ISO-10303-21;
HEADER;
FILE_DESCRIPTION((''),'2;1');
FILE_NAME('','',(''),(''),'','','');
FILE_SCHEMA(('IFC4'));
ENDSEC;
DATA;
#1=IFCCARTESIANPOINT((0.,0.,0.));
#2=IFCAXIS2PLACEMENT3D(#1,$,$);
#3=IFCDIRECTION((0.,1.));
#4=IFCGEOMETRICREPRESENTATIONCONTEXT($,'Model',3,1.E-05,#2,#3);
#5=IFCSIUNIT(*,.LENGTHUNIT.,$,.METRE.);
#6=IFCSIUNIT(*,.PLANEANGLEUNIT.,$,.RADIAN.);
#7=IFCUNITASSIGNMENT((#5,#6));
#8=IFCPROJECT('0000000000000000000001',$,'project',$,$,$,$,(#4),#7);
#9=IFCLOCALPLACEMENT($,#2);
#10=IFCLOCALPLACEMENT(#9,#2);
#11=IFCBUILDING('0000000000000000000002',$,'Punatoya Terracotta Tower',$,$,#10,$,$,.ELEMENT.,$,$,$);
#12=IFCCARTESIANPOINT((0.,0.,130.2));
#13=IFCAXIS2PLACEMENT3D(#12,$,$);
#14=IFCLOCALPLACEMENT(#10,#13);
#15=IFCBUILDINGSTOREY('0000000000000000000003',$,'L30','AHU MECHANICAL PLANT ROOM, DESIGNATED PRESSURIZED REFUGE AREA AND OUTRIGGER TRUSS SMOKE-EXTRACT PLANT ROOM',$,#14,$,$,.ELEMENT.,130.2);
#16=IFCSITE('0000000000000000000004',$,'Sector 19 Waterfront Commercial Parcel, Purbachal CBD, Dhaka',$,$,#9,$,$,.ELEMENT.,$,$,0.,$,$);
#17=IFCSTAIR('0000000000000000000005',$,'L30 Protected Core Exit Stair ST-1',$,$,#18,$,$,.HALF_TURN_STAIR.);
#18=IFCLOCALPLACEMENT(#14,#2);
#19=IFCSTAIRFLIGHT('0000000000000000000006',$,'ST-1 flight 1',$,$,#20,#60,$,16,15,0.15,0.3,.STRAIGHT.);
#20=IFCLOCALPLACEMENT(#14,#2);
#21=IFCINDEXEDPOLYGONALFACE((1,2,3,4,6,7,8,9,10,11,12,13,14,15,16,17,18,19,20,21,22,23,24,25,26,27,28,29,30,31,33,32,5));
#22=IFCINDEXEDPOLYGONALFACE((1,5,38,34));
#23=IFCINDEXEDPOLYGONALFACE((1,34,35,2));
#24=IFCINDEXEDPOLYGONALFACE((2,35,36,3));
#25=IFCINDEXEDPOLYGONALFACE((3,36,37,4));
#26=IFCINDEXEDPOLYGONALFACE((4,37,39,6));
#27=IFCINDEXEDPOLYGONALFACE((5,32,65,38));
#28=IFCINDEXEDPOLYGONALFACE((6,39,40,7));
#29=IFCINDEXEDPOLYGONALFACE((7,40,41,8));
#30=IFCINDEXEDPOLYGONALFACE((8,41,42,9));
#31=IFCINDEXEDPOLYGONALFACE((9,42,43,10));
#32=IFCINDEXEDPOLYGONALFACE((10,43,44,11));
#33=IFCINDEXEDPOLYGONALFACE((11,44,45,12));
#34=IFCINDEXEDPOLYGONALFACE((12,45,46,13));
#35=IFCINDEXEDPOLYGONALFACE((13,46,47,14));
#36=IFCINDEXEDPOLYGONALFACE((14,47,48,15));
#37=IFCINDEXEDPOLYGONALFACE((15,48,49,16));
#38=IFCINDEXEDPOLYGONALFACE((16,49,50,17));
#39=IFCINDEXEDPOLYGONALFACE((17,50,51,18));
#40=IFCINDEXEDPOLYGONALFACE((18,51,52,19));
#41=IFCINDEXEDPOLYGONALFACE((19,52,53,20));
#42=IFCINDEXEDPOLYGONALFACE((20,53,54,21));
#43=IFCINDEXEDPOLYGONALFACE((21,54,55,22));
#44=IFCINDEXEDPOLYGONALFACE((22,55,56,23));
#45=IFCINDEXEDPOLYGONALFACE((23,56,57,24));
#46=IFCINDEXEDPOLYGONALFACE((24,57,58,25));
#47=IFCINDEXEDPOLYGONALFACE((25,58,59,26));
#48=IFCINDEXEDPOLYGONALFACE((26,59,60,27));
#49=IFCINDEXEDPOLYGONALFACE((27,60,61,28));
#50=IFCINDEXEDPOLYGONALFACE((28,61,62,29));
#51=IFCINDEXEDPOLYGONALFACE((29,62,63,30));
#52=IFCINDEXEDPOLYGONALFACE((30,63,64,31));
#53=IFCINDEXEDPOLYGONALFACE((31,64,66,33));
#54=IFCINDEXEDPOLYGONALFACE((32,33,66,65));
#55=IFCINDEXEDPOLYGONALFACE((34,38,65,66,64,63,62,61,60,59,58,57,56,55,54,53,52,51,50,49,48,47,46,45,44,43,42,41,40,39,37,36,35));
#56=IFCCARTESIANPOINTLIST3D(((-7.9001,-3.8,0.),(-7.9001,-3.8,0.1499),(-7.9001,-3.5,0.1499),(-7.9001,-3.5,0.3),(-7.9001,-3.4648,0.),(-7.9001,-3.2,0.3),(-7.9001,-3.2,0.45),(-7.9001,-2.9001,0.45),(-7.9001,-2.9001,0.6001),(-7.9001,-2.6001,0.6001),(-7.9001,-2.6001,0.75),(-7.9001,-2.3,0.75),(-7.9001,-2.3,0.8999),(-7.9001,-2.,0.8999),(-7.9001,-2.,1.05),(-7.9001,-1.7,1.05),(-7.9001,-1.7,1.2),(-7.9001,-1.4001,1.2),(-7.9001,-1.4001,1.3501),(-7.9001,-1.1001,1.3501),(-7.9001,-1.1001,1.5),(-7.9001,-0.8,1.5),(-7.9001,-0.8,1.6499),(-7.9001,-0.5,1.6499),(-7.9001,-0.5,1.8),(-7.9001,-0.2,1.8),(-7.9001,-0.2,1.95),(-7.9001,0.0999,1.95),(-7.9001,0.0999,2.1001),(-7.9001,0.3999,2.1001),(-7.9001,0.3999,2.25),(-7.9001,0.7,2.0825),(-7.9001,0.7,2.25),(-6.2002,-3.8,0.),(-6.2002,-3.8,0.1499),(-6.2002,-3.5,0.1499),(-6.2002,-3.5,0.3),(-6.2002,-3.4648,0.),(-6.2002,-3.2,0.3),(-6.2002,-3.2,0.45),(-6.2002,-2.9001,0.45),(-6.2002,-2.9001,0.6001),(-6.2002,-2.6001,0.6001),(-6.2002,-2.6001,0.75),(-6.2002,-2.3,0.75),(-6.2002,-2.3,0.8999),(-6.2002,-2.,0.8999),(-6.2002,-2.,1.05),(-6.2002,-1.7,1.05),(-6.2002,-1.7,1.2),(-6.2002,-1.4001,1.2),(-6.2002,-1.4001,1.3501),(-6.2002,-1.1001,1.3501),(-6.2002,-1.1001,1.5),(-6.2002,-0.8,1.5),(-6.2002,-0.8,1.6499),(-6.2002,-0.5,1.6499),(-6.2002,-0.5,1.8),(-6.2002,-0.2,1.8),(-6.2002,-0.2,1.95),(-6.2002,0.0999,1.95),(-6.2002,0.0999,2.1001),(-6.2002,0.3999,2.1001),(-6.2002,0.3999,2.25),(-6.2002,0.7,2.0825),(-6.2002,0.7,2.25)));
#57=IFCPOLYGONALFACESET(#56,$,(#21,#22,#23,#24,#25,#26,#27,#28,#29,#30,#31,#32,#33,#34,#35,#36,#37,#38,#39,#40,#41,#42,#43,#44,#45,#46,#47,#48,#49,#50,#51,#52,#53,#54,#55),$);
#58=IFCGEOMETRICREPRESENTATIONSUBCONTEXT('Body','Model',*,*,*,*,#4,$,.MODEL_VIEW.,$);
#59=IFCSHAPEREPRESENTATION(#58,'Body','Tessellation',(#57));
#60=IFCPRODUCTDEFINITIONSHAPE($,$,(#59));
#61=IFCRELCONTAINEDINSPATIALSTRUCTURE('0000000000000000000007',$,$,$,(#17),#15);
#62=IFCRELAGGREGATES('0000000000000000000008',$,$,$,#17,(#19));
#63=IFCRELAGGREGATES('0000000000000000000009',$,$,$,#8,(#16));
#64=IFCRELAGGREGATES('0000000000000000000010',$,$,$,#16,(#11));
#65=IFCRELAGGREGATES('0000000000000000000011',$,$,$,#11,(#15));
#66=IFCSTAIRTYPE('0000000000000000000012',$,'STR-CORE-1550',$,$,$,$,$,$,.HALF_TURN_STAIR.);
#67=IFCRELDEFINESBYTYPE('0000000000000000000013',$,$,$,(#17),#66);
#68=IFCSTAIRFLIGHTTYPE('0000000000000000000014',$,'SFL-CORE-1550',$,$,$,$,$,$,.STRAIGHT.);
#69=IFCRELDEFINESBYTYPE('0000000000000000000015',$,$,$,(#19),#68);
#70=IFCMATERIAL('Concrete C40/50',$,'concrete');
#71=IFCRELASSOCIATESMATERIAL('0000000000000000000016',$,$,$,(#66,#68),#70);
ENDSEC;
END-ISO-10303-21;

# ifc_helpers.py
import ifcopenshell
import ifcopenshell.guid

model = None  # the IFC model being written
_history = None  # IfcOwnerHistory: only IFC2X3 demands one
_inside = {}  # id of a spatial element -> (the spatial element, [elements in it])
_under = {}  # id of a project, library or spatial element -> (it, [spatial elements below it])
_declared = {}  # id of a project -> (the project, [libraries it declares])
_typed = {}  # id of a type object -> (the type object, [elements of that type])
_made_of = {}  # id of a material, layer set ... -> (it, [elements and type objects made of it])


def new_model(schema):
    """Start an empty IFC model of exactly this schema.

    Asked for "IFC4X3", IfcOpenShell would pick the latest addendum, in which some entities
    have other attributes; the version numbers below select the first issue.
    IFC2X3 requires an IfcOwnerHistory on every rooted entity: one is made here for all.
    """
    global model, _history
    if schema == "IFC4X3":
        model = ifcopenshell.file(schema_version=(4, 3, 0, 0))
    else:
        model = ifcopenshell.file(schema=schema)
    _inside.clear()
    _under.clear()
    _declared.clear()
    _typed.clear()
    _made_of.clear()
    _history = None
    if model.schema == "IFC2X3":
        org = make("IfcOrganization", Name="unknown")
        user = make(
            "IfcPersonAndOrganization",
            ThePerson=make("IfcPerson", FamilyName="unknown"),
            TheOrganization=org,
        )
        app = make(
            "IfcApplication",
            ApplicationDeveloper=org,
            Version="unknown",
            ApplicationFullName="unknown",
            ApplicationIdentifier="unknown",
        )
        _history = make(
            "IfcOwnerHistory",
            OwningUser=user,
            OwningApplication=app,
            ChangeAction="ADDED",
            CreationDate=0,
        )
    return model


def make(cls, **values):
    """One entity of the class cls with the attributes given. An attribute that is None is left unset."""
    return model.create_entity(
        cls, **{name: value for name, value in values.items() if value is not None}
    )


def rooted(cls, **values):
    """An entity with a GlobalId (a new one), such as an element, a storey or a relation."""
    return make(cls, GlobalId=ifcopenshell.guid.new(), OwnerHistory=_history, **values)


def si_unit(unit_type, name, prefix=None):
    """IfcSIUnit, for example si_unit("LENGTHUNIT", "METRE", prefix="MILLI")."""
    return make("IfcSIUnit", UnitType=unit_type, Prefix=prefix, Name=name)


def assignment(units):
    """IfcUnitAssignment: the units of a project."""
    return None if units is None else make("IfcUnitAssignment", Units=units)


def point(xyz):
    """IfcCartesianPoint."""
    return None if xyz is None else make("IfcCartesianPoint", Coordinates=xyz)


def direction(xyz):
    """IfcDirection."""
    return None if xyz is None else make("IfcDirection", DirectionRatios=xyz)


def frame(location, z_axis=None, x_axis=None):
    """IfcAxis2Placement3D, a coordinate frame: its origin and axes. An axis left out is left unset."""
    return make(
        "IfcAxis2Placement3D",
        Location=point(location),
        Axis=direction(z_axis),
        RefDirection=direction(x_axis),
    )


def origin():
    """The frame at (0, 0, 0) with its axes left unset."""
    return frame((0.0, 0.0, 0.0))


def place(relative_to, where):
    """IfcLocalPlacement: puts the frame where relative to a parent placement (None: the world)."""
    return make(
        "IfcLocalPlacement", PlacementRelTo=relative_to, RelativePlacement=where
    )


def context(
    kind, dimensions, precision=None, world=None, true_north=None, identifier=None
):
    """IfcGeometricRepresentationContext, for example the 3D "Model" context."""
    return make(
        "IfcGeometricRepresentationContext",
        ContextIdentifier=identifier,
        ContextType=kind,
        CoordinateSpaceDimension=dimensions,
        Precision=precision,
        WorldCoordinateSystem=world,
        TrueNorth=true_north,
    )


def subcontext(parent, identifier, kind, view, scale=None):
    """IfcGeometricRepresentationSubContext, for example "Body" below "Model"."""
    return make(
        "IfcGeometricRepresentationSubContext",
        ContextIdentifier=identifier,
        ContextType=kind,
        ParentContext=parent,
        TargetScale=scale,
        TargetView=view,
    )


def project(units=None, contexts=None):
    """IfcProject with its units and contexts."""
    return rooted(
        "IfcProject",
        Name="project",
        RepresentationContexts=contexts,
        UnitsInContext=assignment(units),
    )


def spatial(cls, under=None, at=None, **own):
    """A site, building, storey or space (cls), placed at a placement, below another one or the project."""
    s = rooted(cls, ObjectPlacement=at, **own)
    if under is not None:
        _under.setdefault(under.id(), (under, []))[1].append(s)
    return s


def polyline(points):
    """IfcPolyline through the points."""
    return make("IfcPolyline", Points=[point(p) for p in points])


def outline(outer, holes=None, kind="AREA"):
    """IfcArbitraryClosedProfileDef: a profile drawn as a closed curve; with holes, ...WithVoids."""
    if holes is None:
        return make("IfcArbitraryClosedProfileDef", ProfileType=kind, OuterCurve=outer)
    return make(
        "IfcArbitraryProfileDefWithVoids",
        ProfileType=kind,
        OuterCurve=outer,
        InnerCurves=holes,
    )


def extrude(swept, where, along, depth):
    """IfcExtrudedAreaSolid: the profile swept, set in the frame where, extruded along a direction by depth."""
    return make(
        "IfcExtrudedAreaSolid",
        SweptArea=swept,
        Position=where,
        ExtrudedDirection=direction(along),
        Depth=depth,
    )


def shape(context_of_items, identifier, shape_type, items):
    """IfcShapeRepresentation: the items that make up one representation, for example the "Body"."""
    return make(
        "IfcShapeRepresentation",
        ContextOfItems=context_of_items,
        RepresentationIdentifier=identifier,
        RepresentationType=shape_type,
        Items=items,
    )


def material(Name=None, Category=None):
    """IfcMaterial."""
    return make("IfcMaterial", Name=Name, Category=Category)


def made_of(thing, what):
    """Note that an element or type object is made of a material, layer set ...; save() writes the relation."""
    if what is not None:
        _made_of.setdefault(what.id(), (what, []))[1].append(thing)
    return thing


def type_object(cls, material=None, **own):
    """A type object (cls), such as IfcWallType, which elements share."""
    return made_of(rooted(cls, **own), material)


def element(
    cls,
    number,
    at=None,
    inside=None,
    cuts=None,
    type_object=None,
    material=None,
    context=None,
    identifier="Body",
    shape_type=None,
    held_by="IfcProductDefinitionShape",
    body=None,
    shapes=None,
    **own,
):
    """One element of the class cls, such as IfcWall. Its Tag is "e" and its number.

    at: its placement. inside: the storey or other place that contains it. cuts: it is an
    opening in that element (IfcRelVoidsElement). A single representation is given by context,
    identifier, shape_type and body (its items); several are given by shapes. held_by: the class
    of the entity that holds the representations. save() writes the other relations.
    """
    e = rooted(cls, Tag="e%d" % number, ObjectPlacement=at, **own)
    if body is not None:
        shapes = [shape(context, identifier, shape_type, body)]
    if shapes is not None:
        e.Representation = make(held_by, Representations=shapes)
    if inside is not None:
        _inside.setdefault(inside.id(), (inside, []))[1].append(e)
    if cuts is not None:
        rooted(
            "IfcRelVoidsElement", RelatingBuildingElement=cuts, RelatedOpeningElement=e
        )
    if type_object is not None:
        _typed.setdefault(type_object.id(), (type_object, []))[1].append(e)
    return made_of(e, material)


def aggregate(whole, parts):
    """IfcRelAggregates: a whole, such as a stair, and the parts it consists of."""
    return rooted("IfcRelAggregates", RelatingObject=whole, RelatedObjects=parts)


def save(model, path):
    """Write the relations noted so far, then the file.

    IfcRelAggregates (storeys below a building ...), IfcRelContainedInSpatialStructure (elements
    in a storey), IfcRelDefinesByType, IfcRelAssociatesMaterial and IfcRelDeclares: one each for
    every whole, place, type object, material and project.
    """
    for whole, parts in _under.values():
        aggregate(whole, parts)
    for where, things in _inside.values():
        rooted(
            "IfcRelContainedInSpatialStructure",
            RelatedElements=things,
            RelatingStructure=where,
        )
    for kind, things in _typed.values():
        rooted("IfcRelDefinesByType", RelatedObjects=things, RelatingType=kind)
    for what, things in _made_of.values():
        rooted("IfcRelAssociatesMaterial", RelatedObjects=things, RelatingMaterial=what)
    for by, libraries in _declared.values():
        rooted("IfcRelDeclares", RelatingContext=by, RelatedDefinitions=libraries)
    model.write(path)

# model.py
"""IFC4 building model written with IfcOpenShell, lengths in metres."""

from ifc_helpers import new_model, si_unit, direction, frame, origin, place, context, subcontext, project, spatial, polyline, outline, extrude, material, type_object, element, aggregate, save


model = new_model("IFC4")

# Units and contexts
model_context = context("Model", 3, precision=1e-05, world=origin(), true_north=direction((0.0, 1.0)))
body_context = subcontext(model_context, "Body", "Model", "MODEL_VIEW")
ifc_project = project(units=[si_unit("LENGTHUNIT", "METRE"), si_unit("PLANEANGLEUNIT", "RADIAN")], contexts=[model_context])

# Site, building, storey
site_placement = place(None, origin())
site = spatial("IfcSite", under=ifc_project, at=site_placement, Name="Sector 19 Waterfront Commercial Parcel, Purbachal CBD, Dhaka", CompositionType="ELEMENT", RefElevation=0.0)
building_placement = place(site_placement, origin())
building = spatial("IfcBuilding", under=site, at=building_placement, Name="Punatoya Terracotta Tower", CompositionType="ELEMENT")
storey_placement = place(building_placement, frame((0.0, 0.0, 130.2)))
storey = spatial("IfcBuildingStorey", under=building, at=storey_placement, Name="L30", Description="AHU MECHANICAL PLANT ROOM, DESIGNATED PRESSURIZED REFUGE AREA AND OUTRIGGER TRUSS SMOKE-EXTRACT PLANT ROOM", CompositionType="ELEMENT", Elevation=130.2)

# Shared definitions
ifc_material_1 = material(Name="Concrete C40/50", Category="concrete")

# Stair, stair flight
stair_type = type_object("IfcStairType", Name="STR-CORE-1550", PredefinedType="HALF_TURN_STAIR", material=ifc_material_1)
stair_placement = place(storey_placement, origin())
stair = element("IfcStair", 1, at=stair_placement, inside=storey, type_object=stair_type, Name="L30 Protected Core Exit Stair ST-1", PredefinedType="HALF_TURN_STAIR")
stair_flight_type = type_object("IfcStairFlightType", Name="SFL-CORE-1550", PredefinedType="STRAIGHT", material=ifc_material_1)
stair_flight_placement = place(storey_placement, frame((-7.05, -3.8, 0.0), z_axis=(0.0, 0.0, 1.0), x_axis=(0.0, 1.0, 0.0)))
stair_flight = element("IfcStairFlight", 2, at=stair_flight_placement, type_object=stair_flight_type, Name="ST-1 flight 1", NumberOfRisers=16, NumberOfTreads=15, PredefinedType="STRAIGHT", RiserHeight=0.15, TreadLength=0.3, context=body_context, shape_type="SweptSolid", body=[
    extrude(outline(polyline([(0.0, 0.0), (0.0, 0.1499), (0.3, 0.1499), (0.3, 0.3), (0.6001, 0.3), (0.6001, 0.45), (0.8999, 0.45), (0.8999, 0.6001), (1.2, 0.6001), (1.2, 0.75), (1.5, 0.75), (1.5, 0.8999), (1.8, 0.8999), (1.8, 1.05), (2.1001, 1.05), (2.1001, 1.2), (2.3999, 1.2), (2.3999, 1.3501), (2.7, 1.3501), (2.7, 1.5), (3.0, 1.5), (3.0, 1.6499), (3.3, 1.6499), (3.3, 1.8), (3.6001, 1.8), (3.6001, 1.95), (3.8999, 1.95), (3.8999, 2.1001), (4.2, 2.1001), (4.2, 2.25), (4.5, 2.25), (4.5, 2.3999), (4.5, 2.0825), (0.3352, 0.0), (0.0, 0.0)])), frame((0.0, 0.8501, 0.0), z_axis=(0.0, -1.0, 0.0), x_axis=(1.0, 0.0, 0.0)), (0.0, 0.0, 1.0), 1.7),
])
aggregate(stair, [stair_flight])

save(model, "model.ifc")
